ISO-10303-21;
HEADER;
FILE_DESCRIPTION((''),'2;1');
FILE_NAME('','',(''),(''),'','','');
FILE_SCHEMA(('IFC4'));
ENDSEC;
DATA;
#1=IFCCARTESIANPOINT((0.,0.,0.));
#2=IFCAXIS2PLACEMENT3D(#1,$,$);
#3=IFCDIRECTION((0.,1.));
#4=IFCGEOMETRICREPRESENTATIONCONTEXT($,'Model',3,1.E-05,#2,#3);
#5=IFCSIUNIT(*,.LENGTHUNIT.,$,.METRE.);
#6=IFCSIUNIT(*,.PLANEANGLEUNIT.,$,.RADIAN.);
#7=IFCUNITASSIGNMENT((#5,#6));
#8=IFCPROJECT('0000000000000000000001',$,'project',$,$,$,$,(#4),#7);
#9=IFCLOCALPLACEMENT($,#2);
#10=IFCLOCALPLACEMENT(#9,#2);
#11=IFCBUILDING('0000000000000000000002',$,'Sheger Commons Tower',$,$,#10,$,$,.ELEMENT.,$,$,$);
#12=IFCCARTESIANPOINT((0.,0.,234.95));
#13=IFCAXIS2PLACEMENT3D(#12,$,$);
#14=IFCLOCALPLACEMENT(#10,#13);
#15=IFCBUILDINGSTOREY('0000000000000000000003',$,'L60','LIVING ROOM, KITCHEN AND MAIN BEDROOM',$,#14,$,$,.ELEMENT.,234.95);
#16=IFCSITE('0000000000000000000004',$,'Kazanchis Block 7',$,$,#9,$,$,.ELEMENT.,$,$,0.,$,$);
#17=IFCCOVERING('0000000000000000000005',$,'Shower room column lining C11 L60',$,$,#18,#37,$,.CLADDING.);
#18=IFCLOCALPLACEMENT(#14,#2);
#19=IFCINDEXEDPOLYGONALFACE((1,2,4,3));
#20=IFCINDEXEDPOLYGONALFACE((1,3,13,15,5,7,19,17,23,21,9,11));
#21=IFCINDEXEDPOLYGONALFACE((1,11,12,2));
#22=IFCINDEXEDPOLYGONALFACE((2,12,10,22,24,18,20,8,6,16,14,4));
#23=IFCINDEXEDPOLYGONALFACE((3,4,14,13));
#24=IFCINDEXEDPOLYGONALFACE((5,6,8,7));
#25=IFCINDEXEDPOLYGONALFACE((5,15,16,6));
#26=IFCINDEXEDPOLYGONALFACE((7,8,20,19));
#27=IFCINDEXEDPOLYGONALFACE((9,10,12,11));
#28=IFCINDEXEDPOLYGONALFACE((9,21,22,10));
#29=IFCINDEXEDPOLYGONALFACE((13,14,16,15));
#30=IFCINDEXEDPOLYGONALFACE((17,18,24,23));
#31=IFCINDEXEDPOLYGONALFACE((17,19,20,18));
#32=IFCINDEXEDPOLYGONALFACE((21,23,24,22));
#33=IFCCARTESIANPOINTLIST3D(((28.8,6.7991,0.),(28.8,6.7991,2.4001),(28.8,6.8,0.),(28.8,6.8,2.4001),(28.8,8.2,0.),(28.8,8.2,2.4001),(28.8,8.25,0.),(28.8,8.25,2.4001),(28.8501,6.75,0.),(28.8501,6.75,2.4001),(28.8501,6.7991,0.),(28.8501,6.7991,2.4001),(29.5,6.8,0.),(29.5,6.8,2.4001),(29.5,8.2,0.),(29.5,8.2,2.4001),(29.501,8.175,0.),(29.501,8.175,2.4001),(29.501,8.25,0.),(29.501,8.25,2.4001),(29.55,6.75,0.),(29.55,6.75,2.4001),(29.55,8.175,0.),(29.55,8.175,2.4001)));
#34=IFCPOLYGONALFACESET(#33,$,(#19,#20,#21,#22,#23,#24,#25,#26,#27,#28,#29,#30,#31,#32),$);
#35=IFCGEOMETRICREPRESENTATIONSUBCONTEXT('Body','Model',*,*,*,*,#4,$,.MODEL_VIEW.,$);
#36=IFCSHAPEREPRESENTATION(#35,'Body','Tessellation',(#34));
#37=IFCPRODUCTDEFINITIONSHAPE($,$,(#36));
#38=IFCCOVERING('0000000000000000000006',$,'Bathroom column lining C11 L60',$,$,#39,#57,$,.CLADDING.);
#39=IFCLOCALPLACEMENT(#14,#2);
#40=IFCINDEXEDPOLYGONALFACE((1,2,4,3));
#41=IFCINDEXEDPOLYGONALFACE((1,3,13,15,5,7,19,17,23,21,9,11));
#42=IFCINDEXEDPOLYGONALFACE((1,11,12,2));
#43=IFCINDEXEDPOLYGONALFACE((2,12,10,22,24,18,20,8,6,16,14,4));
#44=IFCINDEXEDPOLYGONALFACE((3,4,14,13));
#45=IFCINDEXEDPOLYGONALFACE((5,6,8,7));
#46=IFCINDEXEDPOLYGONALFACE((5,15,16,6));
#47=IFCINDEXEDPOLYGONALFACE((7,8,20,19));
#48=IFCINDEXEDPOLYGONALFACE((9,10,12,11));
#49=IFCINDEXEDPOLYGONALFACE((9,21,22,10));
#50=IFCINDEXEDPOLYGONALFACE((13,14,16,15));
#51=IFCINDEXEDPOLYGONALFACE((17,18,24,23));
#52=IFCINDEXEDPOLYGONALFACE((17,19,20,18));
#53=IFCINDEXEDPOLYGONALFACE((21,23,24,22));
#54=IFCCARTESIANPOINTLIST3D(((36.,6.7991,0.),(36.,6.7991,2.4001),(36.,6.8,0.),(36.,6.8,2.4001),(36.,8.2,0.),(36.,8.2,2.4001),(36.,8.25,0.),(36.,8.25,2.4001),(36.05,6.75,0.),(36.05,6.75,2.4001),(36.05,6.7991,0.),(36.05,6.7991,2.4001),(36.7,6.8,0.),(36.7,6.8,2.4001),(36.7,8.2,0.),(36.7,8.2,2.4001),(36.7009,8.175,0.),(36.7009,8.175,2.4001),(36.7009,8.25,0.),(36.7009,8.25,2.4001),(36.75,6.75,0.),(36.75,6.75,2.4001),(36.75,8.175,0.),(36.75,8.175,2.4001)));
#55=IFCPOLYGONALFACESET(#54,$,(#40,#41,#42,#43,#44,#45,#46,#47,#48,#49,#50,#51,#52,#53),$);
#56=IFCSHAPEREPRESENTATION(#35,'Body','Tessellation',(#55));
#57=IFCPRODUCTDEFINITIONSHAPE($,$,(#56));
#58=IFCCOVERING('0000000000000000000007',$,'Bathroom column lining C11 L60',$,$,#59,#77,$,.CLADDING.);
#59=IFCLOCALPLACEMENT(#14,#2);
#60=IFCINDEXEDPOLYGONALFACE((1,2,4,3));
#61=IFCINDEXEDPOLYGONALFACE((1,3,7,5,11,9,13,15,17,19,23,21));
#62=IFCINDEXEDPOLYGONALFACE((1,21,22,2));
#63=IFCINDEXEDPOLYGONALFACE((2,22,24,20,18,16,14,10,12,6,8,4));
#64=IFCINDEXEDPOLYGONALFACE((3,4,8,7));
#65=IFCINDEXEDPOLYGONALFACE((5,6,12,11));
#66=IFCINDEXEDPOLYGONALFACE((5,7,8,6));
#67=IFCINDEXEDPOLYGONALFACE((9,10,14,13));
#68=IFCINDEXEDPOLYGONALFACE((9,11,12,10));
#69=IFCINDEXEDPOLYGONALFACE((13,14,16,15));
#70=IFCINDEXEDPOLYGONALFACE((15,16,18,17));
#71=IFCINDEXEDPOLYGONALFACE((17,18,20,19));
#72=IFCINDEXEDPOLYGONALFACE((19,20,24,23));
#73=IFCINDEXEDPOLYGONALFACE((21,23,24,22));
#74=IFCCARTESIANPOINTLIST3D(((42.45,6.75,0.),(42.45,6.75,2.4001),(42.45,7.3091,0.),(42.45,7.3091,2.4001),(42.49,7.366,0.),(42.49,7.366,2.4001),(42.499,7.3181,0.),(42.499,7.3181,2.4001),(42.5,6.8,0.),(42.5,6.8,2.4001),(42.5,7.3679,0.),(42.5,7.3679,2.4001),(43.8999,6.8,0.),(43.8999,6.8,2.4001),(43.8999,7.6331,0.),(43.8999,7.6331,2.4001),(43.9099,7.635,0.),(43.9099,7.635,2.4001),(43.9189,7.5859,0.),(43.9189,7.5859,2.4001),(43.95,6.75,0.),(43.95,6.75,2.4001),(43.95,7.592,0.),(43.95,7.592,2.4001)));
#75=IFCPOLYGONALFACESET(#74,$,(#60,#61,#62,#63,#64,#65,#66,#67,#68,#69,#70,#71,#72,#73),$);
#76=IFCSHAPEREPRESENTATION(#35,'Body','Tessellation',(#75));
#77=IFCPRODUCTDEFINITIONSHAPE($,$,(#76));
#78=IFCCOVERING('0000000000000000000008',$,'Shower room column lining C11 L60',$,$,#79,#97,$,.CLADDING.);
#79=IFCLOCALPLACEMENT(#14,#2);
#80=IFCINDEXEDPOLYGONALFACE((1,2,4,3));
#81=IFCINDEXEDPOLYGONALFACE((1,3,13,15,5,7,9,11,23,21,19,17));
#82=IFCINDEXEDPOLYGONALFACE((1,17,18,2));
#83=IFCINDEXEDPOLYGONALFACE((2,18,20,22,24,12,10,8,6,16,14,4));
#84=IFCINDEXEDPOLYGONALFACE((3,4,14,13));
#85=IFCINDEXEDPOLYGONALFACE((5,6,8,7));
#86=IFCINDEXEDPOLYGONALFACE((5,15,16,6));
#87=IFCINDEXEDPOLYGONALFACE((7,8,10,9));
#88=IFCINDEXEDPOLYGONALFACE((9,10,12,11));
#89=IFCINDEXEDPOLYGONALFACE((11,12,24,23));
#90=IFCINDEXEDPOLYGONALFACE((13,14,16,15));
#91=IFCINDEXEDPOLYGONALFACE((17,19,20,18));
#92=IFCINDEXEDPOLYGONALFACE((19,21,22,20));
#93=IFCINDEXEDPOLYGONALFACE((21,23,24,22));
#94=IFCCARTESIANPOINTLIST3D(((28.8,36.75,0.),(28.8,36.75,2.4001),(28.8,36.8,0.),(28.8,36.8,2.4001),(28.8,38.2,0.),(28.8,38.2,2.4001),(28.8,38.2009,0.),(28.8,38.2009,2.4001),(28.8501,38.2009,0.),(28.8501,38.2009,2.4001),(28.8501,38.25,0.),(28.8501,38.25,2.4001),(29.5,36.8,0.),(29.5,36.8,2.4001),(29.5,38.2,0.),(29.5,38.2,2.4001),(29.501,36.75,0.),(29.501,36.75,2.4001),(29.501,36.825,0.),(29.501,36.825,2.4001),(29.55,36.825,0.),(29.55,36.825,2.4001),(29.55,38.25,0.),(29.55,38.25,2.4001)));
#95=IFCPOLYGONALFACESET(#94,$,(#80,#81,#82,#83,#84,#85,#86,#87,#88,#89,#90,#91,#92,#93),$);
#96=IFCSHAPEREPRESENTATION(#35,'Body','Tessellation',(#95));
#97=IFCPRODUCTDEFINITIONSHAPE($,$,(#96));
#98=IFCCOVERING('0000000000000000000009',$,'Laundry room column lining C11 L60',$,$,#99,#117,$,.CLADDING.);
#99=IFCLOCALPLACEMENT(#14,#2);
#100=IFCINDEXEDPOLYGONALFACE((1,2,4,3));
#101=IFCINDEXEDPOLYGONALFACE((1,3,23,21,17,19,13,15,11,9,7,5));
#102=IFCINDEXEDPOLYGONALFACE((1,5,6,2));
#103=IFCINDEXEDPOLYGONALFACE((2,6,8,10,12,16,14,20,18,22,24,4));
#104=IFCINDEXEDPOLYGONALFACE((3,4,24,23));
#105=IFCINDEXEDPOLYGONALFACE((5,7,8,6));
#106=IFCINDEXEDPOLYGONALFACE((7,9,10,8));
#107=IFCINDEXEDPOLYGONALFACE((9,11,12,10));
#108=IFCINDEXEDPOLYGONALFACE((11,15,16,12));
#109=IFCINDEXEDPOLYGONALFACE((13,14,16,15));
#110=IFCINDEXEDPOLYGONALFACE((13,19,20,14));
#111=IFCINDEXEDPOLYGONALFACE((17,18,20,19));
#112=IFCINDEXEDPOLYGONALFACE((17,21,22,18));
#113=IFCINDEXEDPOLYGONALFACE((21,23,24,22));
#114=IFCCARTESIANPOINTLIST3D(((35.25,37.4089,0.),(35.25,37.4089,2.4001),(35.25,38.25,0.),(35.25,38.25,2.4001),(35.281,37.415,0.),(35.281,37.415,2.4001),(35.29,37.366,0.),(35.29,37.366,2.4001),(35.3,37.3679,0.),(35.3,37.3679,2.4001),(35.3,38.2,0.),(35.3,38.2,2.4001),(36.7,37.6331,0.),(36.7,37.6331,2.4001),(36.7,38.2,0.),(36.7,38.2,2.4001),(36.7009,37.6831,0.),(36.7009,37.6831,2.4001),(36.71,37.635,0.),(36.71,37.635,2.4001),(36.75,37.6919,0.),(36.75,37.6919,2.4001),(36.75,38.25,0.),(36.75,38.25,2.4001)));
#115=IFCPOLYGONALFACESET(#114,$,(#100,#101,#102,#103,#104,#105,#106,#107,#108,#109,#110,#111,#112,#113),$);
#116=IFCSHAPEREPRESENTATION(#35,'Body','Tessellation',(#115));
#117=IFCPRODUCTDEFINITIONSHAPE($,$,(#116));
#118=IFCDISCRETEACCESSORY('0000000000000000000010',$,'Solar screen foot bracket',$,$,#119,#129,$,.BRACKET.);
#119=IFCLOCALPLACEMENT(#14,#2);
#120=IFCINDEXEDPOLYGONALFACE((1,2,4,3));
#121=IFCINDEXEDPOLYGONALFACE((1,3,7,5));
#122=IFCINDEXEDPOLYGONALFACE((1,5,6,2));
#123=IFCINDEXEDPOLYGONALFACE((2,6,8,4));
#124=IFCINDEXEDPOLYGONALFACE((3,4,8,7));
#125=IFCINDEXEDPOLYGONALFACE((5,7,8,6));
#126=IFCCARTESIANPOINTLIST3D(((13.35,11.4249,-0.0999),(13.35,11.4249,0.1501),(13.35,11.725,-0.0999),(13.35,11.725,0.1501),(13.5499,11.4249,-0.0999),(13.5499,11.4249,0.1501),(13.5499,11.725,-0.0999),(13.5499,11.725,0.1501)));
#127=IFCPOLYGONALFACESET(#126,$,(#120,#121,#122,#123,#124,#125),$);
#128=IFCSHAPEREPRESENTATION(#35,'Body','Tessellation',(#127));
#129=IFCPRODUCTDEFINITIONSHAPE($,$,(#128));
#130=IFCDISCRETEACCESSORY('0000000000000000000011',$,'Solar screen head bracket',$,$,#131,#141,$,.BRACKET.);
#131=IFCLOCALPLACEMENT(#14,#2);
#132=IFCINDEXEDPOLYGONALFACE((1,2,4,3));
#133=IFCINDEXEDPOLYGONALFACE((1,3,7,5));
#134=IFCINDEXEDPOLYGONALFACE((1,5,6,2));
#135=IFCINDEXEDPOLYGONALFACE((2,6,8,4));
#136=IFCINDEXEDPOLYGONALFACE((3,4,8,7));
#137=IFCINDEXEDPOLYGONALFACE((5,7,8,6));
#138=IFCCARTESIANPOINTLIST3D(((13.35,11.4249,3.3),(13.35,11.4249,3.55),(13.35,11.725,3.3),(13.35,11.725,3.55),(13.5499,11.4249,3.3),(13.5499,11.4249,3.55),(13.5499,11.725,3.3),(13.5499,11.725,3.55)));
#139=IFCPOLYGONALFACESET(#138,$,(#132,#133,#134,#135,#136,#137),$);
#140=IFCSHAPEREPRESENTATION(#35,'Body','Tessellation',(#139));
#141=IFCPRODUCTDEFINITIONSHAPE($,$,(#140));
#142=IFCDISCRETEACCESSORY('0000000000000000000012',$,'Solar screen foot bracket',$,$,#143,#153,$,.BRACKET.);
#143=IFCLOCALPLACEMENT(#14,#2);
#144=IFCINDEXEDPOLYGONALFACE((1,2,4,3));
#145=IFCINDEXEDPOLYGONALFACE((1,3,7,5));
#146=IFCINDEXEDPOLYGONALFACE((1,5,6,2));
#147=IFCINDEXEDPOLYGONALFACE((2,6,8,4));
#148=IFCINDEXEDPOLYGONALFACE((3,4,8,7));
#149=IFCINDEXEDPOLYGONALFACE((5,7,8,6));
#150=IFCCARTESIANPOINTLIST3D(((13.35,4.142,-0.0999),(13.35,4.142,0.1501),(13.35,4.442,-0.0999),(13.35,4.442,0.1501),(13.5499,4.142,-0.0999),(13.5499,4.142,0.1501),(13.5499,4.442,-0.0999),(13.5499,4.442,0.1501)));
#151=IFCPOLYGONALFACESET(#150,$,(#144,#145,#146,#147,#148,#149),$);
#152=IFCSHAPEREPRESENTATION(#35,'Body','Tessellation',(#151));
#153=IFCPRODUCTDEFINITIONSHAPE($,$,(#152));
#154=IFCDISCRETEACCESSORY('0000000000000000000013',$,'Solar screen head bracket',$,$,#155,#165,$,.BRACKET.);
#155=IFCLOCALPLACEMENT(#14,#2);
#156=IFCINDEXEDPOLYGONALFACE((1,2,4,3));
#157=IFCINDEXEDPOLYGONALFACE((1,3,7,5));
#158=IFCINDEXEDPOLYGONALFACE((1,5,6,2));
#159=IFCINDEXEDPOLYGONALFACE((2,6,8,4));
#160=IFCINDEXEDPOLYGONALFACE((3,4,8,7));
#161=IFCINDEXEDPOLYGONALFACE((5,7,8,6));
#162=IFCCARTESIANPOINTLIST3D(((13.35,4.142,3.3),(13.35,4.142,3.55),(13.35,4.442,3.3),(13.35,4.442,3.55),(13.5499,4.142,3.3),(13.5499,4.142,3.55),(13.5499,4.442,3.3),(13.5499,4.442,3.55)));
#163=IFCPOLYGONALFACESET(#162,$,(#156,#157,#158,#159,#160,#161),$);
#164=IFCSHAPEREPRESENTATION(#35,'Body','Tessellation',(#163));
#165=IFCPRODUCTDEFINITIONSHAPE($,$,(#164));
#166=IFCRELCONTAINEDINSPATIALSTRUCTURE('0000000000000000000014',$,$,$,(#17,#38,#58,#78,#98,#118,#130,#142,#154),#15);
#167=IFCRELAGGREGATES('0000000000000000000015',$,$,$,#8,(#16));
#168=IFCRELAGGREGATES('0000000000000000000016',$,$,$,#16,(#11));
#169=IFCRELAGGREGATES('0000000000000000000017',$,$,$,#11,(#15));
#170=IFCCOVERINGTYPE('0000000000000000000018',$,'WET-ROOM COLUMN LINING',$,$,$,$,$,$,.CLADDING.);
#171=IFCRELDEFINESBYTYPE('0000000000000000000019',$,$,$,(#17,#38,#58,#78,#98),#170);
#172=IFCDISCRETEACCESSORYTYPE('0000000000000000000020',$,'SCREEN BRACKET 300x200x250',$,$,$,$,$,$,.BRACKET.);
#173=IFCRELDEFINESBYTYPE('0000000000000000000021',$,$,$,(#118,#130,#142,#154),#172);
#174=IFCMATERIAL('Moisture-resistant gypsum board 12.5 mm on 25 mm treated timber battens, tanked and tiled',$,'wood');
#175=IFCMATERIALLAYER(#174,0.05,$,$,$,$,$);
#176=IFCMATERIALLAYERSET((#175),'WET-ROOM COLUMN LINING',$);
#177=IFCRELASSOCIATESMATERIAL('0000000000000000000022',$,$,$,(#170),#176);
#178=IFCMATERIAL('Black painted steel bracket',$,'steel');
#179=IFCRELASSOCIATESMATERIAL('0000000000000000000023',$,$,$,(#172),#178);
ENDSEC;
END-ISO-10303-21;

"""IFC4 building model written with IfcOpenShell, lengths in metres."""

from ifc_helpers import new_model, si_unit, direction, frame, origin, origin_2d, place, context, subcontext, project, spatial, polyline, rectangle, outline, extrude, material, layer, layer_set, type_object, element, save


model = new_model("IFC4")

# Units and contexts
model_context = context("Model", 3, precision=1e-05, world=origin(), true_north=direction((0.0, 1.0)))
body_context = subcontext(model_context, "Body", "Model", "MODEL_VIEW")
ifc_project = project(units=[si_unit("LENGTHUNIT", "METRE"), si_unit("PLANEANGLEUNIT", "RADIAN")], contexts=[model_context])

# Site, building, storey
site_placement = place(None, origin())
site = spatial("IfcSite", under=ifc_project, at=site_placement, Name="Kazanchis Block 7", CompositionType="ELEMENT", RefElevation=0.0)
building_placement = place(site_placement, origin())
building = spatial("IfcBuilding", under=site, at=building_placement, Name="Sheger Commons Tower", CompositionType="ELEMENT")
storey_placement = place(building_placement, frame((0.0, 0.0, 234.95)))
storey = spatial("IfcBuildingStorey", under=building, at=storey_placement, Name="L60", Description="LIVING ROOM, KITCHEN AND MAIN BEDROOM", CompositionType="ELEMENT", Elevation=234.95)

# Coverings
ifc_material_1 = material(Name="Moisture-resistant gypsum board 12.5 mm on 25 mm treated timber battens, tanked and tiled", Category="wood")
ifc_layer_1 = layer(ifc_material_1, 0.05)
ifc_layer_set_1 = layer_set([ifc_layer_1], Name="WET-ROOM COLUMN LINING")
covering_type_1 = type_object("IfcCoveringType", Name="WET-ROOM COLUMN LINING", PredefinedType="CLADDING", material=ifc_layer_set_1)
covering_1_placement = place(storey_placement, origin())
element("IfcCovering", 1, at=covering_1_placement, inside=storey, type_object=covering_type_1, Name="Shower room column lining C11 L60", PredefinedType="CLADDING", context=body_context, shape_type="SweptSolid", body=[
    extrude(outline(polyline([(29.55, 6.75), (28.8501, 6.75), (28.8501, 6.7991), (28.8, 6.7991), (28.8, 6.8), (29.5, 6.8), (29.5, 8.2), (28.8, 8.2), (28.8, 8.25), (29.501, 8.25), (29.501, 8.175), (29.55, 8.175), (29.55, 6.75)])), origin(), (0.0, 0.0, 1.0), 2.4001),
])
covering_2_placement = place(storey_placement, origin())
element("IfcCovering", 2, at=covering_2_placement, inside=storey, type_object=covering_type_1, Name="Bathroom column lining C11 L60", PredefinedType="CLADDING", context=body_context, shape_type="SweptSolid", body=[
    extrude(outline(polyline([(36.75, 6.75), (36.05, 6.75), (36.05, 6.7991), (36.0, 6.7991), (36.0, 6.8), (36.7, 6.8), (36.7, 8.2), (36.0, 8.2), (36.0, 8.25), (36.7009, 8.25), (36.7009, 8.175), (36.75, 8.175), (36.75, 6.75)])), origin(), (0.0, 0.0, 1.0), 2.4001),
])
covering_3_placement = place(storey_placement, origin())
element("IfcCovering", 3, at=covering_3_placement, inside=storey, type_object=covering_type_1, Name="Bathroom column lining C11 L60", PredefinedType="CLADDING", context=body_context, shape_type="SweptSolid", body=[
    extrude(outline(polyline([(42.5, 7.3679), (42.5, 6.8), (43.8999, 6.8), (43.8999, 7.6331), (43.9099, 7.635), (43.9189, 7.5859), (43.95, 7.592), (43.95, 6.75), (42.45, 6.75), (42.45, 7.3091), (42.499, 7.3181), (42.49, 7.366), (42.5, 7.3679)])), origin(), (0.0, 0.0, 1.0), 2.4001),
])
covering_4_placement = place(storey_placement, origin())
element("IfcCovering", 4, at=covering_4_placement, inside=storey, type_object=covering_type_1, Name="Shower room column lining C11 L60", PredefinedType="CLADDING", context=body_context, shape_type="SweptSolid", body=[
    extrude(outline(polyline([(29.55, 36.825), (29.501, 36.825), (29.501, 36.75), (28.8, 36.75), (28.8, 36.8), (29.5, 36.8), (29.5, 38.2), (28.8, 38.2), (28.8, 38.2009), (28.8501, 38.2009), (28.8501, 38.25), (29.55, 38.25), (29.55, 36.825)])), origin(), (0.0, 0.0, 1.0), 2.4001),
])
covering_5_placement = place(storey_placement, origin())
element("IfcCovering", 5, at=covering_5_placement, inside=storey, type_object=covering_type_1, Name="Laundry room column lining C11 L60", PredefinedType="CLADDING", context=body_context, shape_type="SweptSolid", body=[
    extrude(outline(polyline([(36.75, 38.25), (36.75, 37.6919), (36.7009, 37.6831), (36.71, 37.635), (36.7, 37.6331), (36.7, 38.2), (35.3, 38.2), (35.3, 37.3679), (35.29, 37.366), (35.281, 37.415), (35.25, 37.4089), (35.25, 38.25), (36.75, 38.25)])), origin(), (0.0, 0.0, 1.0), 2.4001),
])

# Discrete accessories
ifc_material_2 = material(Name="Black painted steel bracket", Category="steel")
discrete_accessory_type = type_object("IfcDiscreteAccessoryType", Name="SCREEN BRACKET 300x200x250", PredefinedType="BRACKET", material=ifc_material_2)
for number, where, z_axis, x_axis, name in (
    (6, (13.45, 11.575, -0.0999), (0.0, 0.0, 1.0), (0.0, -1.0, 0.0), "Solar screen foot bracket"),
    (7, (13.45, 11.575, 3.3), (0.0, 0.0, 1.0), (0.0, -1.0, 0.0), "Solar screen head bracket"),
    (8, (13.45, 4.292, -0.0999), (0.0, 0.0, 1.0), (0.0, -1.0, 0.0), "Solar screen foot bracket"),
    (9, (13.45, 4.292, 3.3), (0.0, 0.0, 1.0), (0.0, -1.0, 0.0), "Solar screen head bracket"),
):
    element("IfcDiscreteAccessory", number, at=place(storey_placement, frame(where, z_axis=z_axis, x_axis=x_axis)), inside=storey, type_object=discrete_accessory_type, Name=name, PredefinedType="BRACKET", context=body_context, shape_type="SweptSolid", body=[
        extrude(rectangle(XDim=0.3, YDim=0.2, at=origin_2d()), origin(), (0.0, 0.0, 1.0), 0.25),
    ])

save(model, "model.ifc")
